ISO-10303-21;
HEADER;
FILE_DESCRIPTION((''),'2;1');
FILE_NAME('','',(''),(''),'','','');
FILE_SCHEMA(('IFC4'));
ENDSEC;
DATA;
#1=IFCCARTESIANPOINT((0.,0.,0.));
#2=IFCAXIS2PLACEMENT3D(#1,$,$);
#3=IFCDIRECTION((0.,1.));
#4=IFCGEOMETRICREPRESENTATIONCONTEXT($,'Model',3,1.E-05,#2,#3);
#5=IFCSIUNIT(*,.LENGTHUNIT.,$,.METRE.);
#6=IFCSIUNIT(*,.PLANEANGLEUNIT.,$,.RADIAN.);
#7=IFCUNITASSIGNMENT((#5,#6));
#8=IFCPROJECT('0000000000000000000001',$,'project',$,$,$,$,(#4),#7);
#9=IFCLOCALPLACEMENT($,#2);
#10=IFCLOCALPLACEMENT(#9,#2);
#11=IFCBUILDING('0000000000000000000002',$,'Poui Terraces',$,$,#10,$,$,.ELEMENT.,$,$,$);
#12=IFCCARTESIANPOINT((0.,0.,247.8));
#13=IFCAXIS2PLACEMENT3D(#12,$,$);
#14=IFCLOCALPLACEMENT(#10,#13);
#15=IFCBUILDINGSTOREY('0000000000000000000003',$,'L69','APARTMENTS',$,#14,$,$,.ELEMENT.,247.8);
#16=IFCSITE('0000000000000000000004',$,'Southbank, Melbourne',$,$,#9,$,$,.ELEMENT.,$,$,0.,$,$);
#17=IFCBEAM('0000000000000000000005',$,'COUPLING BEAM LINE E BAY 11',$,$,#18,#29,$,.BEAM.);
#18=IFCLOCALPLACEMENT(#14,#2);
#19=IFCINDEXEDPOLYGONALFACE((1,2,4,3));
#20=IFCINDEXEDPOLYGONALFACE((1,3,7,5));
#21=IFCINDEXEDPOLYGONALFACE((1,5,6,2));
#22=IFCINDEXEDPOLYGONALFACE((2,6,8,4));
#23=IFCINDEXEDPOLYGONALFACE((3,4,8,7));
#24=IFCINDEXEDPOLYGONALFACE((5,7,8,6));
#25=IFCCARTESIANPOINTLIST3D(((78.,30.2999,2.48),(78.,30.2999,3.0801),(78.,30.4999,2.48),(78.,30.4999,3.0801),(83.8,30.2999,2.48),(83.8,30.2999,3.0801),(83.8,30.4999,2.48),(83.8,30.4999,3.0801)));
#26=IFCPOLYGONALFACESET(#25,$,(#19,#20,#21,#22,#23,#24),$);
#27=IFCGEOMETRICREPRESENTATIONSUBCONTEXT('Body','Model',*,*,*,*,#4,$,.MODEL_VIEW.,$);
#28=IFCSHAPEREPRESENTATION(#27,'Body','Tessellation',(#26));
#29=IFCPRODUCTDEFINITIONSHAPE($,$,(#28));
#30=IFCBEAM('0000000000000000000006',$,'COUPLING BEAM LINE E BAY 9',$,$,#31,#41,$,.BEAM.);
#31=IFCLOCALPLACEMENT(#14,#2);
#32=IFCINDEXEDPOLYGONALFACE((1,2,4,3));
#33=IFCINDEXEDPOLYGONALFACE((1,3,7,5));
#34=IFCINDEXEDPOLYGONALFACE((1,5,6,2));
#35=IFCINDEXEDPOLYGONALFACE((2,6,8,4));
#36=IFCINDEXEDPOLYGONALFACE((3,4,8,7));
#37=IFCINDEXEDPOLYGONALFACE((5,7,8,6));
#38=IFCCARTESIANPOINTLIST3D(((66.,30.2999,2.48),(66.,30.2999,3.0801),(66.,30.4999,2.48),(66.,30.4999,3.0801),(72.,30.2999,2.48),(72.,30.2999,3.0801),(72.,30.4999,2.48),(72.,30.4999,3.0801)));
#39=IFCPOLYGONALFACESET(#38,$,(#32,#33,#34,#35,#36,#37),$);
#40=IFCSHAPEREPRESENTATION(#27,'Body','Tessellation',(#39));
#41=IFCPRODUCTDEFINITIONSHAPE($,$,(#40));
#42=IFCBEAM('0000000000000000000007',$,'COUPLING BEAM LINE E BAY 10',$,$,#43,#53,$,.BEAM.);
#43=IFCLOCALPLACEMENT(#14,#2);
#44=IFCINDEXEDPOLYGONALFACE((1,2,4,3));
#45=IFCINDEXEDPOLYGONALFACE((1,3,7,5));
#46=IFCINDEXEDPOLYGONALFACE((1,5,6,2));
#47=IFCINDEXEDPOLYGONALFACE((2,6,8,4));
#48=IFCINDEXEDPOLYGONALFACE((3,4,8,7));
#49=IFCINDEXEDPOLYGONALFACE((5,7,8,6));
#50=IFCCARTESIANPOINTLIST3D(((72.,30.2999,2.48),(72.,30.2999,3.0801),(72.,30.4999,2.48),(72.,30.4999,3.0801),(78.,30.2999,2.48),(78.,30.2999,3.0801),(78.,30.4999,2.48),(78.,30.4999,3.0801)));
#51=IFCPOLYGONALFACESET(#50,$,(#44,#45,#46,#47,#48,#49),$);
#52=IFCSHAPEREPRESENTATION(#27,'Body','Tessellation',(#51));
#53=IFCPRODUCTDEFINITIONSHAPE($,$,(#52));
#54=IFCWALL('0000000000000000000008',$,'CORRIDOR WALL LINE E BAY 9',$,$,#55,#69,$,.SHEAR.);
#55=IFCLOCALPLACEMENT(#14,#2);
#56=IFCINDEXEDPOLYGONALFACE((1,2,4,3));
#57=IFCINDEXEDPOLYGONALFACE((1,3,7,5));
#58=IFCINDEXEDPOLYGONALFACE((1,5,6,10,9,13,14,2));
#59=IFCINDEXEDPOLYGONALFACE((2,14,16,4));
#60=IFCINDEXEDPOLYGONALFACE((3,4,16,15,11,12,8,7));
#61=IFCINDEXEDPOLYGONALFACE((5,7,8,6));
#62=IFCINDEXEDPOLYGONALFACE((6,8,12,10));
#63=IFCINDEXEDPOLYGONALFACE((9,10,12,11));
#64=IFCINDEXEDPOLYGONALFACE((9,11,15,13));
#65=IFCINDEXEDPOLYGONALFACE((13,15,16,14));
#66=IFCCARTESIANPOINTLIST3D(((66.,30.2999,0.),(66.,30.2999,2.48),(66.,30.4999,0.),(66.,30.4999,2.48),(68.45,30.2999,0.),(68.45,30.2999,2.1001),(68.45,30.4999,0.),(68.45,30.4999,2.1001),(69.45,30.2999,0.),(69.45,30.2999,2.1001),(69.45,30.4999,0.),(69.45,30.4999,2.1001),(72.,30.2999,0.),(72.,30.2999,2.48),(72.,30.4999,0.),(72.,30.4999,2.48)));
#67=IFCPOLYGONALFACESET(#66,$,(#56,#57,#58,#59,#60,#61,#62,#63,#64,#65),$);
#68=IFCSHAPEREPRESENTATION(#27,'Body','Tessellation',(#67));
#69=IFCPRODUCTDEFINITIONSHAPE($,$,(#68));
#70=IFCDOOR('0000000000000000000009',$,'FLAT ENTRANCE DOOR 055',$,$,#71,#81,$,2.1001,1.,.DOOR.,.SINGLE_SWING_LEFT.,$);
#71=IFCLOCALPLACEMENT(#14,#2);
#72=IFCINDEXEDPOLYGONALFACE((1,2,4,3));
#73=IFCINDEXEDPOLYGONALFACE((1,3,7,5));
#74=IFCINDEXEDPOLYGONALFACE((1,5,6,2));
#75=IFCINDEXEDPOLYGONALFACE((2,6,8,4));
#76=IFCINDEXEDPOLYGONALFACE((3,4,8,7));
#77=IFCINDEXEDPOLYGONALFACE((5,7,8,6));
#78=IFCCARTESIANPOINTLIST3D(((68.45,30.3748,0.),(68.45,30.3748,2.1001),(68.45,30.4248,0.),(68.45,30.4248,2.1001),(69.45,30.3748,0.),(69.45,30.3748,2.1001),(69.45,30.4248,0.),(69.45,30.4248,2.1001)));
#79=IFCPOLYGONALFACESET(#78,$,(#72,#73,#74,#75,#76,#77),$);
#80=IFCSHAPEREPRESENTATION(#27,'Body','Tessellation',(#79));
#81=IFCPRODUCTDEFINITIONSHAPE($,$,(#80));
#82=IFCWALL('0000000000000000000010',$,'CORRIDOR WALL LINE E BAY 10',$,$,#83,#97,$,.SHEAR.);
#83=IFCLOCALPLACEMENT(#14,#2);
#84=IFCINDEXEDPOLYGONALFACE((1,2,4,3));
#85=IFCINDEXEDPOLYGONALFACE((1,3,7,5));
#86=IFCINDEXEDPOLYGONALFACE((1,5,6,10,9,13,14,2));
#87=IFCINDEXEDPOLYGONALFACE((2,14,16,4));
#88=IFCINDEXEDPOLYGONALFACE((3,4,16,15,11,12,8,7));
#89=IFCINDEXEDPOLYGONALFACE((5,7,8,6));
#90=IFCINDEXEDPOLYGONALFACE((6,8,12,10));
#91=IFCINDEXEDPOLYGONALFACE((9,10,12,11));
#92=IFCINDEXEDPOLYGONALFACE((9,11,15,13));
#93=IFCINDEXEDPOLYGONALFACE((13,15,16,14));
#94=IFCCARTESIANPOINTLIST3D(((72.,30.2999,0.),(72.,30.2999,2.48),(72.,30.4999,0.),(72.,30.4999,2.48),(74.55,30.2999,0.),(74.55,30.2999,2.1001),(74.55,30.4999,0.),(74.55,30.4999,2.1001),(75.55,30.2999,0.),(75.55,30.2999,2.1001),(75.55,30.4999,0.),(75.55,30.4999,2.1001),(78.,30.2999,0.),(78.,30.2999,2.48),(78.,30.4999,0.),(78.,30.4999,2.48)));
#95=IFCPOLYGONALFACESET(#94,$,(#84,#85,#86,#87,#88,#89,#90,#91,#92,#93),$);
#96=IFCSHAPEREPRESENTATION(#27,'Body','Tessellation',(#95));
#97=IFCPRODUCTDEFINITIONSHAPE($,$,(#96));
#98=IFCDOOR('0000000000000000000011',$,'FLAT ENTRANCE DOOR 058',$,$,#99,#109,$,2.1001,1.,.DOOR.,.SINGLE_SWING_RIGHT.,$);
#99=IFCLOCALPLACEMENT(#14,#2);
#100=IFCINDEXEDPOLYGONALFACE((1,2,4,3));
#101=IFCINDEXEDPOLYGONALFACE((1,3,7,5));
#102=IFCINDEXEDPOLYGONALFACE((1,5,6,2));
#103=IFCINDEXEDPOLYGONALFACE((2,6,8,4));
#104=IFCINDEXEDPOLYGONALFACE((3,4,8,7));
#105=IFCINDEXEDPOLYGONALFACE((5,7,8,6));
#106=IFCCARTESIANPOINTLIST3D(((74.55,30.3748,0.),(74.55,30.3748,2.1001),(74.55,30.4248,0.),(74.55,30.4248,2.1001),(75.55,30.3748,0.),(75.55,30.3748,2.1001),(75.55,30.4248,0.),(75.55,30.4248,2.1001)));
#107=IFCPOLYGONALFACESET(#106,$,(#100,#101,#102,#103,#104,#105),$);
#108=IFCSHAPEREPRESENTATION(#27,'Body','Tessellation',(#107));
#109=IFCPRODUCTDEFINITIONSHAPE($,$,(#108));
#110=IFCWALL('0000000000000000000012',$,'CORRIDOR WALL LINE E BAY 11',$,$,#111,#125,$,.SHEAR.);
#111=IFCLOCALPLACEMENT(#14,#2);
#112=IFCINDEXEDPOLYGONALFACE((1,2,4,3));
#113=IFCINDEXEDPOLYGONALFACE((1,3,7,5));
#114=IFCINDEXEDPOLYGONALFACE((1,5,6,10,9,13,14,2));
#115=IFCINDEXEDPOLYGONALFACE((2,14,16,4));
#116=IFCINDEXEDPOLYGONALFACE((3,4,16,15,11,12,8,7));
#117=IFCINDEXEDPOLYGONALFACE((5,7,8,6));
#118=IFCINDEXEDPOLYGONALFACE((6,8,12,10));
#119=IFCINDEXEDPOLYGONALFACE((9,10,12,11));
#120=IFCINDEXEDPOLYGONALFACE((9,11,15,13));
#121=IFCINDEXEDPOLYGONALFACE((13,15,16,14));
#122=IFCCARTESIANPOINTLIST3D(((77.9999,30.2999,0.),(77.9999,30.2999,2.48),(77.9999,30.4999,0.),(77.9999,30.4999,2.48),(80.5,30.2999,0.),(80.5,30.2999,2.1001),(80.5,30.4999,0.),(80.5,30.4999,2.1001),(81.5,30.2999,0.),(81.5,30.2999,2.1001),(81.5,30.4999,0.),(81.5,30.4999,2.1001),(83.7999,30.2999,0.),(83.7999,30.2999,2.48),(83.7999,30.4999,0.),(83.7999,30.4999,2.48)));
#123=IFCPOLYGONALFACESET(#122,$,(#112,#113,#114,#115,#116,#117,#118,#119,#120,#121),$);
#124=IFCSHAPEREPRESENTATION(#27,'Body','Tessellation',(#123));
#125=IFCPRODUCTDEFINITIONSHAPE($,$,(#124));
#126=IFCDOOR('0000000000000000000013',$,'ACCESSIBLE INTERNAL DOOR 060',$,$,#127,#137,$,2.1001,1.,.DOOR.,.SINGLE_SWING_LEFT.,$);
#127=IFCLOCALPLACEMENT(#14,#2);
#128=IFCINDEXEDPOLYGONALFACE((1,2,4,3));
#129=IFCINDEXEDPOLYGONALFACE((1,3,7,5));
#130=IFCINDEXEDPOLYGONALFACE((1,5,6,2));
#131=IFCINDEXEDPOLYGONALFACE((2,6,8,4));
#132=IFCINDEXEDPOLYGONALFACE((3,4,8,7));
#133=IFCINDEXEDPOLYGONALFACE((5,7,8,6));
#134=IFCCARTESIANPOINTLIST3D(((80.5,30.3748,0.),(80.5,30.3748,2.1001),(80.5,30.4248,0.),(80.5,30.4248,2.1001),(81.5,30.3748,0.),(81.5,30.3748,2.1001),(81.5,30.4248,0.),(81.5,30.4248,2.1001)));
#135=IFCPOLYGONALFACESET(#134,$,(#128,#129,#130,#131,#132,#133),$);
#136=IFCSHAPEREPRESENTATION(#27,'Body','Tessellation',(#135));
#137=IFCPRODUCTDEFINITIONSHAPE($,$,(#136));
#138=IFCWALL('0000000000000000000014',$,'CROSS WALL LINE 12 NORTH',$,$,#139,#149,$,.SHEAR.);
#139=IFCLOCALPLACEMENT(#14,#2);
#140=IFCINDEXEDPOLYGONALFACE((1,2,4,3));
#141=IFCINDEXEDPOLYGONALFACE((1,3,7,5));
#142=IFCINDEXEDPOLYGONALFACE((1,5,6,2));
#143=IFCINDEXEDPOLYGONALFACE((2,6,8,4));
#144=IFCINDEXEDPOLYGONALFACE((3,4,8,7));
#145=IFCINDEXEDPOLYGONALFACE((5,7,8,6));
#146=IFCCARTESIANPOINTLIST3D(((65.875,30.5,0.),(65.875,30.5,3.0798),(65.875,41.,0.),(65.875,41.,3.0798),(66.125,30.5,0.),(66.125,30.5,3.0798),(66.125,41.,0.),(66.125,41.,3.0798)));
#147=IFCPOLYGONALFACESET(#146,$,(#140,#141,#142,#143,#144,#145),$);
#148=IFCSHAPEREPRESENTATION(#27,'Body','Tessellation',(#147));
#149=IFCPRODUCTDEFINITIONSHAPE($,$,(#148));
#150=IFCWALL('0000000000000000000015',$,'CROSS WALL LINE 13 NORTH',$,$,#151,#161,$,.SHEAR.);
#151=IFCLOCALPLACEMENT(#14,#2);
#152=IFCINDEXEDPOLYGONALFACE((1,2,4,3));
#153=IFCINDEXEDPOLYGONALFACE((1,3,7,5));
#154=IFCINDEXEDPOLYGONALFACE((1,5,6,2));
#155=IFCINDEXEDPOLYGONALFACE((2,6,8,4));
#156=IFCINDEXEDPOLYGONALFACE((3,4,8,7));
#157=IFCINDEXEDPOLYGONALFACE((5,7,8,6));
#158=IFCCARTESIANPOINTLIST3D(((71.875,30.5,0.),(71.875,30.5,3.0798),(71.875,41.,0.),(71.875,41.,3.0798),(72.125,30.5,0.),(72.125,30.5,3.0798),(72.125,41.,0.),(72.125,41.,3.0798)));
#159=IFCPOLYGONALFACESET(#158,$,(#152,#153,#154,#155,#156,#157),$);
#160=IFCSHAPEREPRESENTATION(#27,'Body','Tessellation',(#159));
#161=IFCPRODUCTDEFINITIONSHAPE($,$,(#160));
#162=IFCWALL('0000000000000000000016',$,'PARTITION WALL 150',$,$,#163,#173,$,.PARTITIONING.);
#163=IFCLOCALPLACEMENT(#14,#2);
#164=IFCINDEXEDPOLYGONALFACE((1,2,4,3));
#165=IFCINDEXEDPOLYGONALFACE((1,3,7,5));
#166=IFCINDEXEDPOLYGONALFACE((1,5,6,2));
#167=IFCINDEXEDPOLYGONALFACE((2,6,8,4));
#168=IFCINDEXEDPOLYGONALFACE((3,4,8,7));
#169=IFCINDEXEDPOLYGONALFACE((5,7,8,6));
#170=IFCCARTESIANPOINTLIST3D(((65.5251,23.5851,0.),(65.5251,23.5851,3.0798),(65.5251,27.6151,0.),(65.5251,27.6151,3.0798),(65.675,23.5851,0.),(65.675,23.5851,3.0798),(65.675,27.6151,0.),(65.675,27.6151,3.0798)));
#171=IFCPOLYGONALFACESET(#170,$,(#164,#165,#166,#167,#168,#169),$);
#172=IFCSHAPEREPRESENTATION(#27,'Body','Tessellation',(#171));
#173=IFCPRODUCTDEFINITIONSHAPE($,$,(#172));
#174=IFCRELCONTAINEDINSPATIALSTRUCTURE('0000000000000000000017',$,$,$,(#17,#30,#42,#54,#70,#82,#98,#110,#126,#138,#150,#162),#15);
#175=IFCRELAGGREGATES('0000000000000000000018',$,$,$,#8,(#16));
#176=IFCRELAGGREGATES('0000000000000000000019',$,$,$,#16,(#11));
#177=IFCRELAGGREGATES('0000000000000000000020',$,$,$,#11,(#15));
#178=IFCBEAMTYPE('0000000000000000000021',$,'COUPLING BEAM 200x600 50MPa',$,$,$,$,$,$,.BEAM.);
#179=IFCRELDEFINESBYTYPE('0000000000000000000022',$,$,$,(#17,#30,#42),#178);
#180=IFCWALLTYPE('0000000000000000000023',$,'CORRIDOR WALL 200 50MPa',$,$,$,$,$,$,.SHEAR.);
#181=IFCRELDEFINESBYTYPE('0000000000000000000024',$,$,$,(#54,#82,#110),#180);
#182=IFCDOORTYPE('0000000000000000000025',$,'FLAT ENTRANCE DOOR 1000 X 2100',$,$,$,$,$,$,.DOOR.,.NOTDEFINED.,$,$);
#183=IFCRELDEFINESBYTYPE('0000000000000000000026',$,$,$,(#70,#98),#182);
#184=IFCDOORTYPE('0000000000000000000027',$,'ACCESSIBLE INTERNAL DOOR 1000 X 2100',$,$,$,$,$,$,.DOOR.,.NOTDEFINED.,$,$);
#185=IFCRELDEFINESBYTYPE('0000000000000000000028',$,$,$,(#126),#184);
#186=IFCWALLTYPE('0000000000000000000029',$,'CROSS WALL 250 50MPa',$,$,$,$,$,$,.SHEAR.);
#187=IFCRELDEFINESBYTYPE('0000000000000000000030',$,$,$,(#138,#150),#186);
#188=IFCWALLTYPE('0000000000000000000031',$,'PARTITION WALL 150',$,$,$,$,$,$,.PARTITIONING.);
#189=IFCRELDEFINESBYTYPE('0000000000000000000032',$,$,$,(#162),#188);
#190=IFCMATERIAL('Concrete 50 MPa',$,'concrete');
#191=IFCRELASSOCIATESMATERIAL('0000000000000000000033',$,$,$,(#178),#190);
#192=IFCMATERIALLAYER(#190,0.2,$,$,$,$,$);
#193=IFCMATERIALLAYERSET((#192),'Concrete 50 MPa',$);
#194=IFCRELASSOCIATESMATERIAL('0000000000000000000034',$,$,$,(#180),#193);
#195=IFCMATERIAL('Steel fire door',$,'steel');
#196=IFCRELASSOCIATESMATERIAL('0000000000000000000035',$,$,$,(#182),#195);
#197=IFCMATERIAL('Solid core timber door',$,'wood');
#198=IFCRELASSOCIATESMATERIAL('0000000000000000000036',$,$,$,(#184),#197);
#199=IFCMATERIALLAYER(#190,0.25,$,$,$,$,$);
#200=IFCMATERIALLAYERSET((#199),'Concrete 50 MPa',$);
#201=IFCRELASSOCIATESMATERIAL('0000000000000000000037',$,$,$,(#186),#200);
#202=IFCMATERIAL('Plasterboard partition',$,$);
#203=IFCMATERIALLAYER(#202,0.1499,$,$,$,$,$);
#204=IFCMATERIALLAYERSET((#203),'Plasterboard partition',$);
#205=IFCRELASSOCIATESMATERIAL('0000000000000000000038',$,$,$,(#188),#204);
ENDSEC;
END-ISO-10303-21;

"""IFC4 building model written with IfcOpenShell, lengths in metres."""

from ifc_helpers import new_model, si_unit, direction, frame, frame_2d, origin, origin_2d, place, context, subcontext, project, spatial, rectangle, extrude, source, transform, mapped, material, layer, layer_set, material_profile, profile_set, type_object, element, fill, save


model = new_model("IFC4")

# Units and contexts
model_context = context("Model", 3, precision=1e-05, world=origin(), true_north=direction((0.0, 1.0)))
body_context = subcontext(model_context, "Body", "Model", "MODEL_VIEW")
ifc_project = project(units=[si_unit("LENGTHUNIT", "METRE"), si_unit("PLANEANGLEUNIT", "RADIAN")], contexts=[model_context])

# Site, building, storey
site_placement = place(None, origin())
site = spatial("IfcSite", under=ifc_project, at=site_placement, Name="Southbank, Melbourne", CompositionType="ELEMENT", RefElevation=0.0)
building_placement = place(site_placement, origin())
building = spatial("IfcBuilding", under=site, at=building_placement, Name="Poui Terraces", CompositionType="ELEMENT")
storey_placement = place(building_placement, frame((0.0, 0.0, 247.8)))
storey = spatial("IfcBuildingStorey", under=building, at=storey_placement, Name="L69", Description="APARTMENTS", CompositionType="ELEMENT", Elevation=247.8)

# Beams
ifc_material_1 = material(Name="Concrete 50 MPa", Category="concrete")
ifc_material_profile = material_profile(ifc_material_1, rectangle(XDim=0.2, YDim=0.6001, at=origin_2d()), Name="RC 200x600")
ifc_profile_set = profile_set([ifc_material_profile], Name="Concrete 50 MPa")
beam_type = type_object("IfcBeamType", Name="COUPLING BEAM 200x600 50MPa", PredefinedType="BEAM", material=ifc_profile_set)
shared_shape_1 = source(origin(), body_context, "Body", "SweptSolid", [
    extrude(rectangle(XDim=0.2, YDim=0.6001, at=origin_2d()), origin(), (0.0, 0.0, 1.0), 5.8),
])
beam_placement = place(storey_placement, frame((78.0, 30.3999, 2.78), z_axis=(1.0, 0.0, 0.0), x_axis=(0.0, 1.0, 0.0)))
element("IfcBeam", 1, at=beam_placement, inside=storey, type_object=beam_type, Name="COUPLING BEAM LINE E BAY 11", PredefinedType="BEAM", context=body_context, shape_type="MappedRepresentation", body=[
    mapped(shared_shape_1, transform((0.0, 0.0, 0.0))),
])
shared_shape_2 = source(origin(), body_context, "Body", "SweptSolid", [
    extrude(rectangle(XDim=0.2, YDim=0.6001, at=origin_2d()), origin(), (0.0, 0.0, 1.0), 6.0),
])
for number, where, z_axis, x_axis, name in (
    (2, (66.0, 30.3999, 2.78), (1.0, 0.0, 0.0), (0.0, 1.0, 0.0), "COUPLING BEAM LINE E BAY 9"),
    (3, (72.0, 30.3999, 2.78), (1.0, 0.0, 0.0), (0.0, 1.0, 0.0), "COUPLING BEAM LINE E BAY 10"),
):
    element("IfcBeam", number, at=place(storey_placement, frame(where, z_axis=z_axis, x_axis=x_axis)), inside=storey, type_object=beam_type, Name=name, PredefinedType="BEAM", context=body_context, shape_type="MappedRepresentation", body=[
        mapped(shared_shape_2, transform((0.0, 0.0, 0.0))),
    ])

# Walls, openings, doors
ifc_layer_1 = layer(ifc_material_1, 0.2)
ifc_layer_set_1 = layer_set([ifc_layer_1], Name="Concrete 50 MPa")
wall_type_1 = type_object("IfcWallType", Name="CORRIDOR WALL 200 50MPa", PredefinedType="SHEAR", material=ifc_layer_set_1)
wall_1_placement = place(storey_placement, frame((66.0, 30.3999, 0.0), z_axis=(0.0, 0.0, 1.0), x_axis=(1.0, 0.0, 0.0)))
wall_1 = element("IfcWall", 4, at=wall_1_placement, inside=storey, type_object=wall_type_1, Name="CORRIDOR WALL LINE E BAY 9", PredefinedType="SHEAR", context=body_context, shape_type="SweptSolid", body=[
    extrude(rectangle(XDim=6.0, YDim=0.2, at=frame_2d((3.0, 0.0))), origin(), (0.0, 0.0, 1.0), 2.48),
])
opening_1_placement = place(wall_1_placement, frame((2.45, 0.0, 0.0)))
opening_1 = element("IfcOpeningElement", 5, at=opening_1_placement, cuts=wall_1, PredefinedType="OPENING", context=body_context, shape_type="SweptSolid", body=[
    extrude(rectangle(XDim=1.0, YDim=2.1001, at=frame_2d((0.5, 1.05))), frame((0.0, 0.1099, 0.0), z_axis=(0.0, -1.0, 0.0), x_axis=(1.0, 0.0, 0.0)), (0.0, 0.0, 1.0), 0.22),
])
ifc_material_2 = material(Name="Steel fire door", Category="steel")
door_type_1 = type_object("IfcDoorType", Name="FLAT ENTRANCE DOOR 1000 X 2100", OperationType="NOTDEFINED", PredefinedType="DOOR", material=ifc_material_2)
door_1_placement = place(opening_1_placement, origin())
door_1 = element("IfcDoor", 6, at=door_1_placement, inside=storey, type_object=door_type_1, Name="FLAT ENTRANCE DOOR 055", OperationType="SINGLE_SWING_LEFT", OverallHeight=2.1001, OverallWidth=1.0, PredefinedType="DOOR", context=body_context, shape_type="SweptSolid", body=[
    extrude(rectangle(XDim=1.0, YDim=2.1001, at=frame_2d((0.5, 1.05))), frame((0.0, 0.0249, 0.0), z_axis=(0.0, -1.0, 0.0), x_axis=(1.0, 0.0, 0.0)), (0.0, 0.0, 1.0), 0.05),
])
fill(opening_1, door_1)
wall_2_placement = place(storey_placement, frame((72.0, 30.3999, 0.0), z_axis=(0.0, 0.0, 1.0), x_axis=(1.0, 0.0, 0.0)))
wall_2 = element("IfcWall", 7, at=wall_2_placement, inside=storey, type_object=wall_type_1, Name="CORRIDOR WALL LINE E BAY 10", PredefinedType="SHEAR", context=body_context, shape_type="SweptSolid", body=[
    extrude(rectangle(XDim=6.0, YDim=0.2, at=frame_2d((3.0, 0.0))), origin(), (0.0, 0.0, 1.0), 2.48),
])
opening_2_placement = place(wall_2_placement, frame((2.55, 0.0, 0.0)))
opening_2 = element("IfcOpeningElement", 8, at=opening_2_placement, cuts=wall_2, PredefinedType="OPENING", context=body_context, shape_type="SweptSolid", body=[
    extrude(rectangle(XDim=1.0, YDim=2.1001, at=frame_2d((0.5, 1.05))), frame((0.0, 0.1099, 0.0), z_axis=(0.0, -1.0, 0.0), x_axis=(1.0, 0.0, 0.0)), (0.0, 0.0, 1.0), 0.22),
])
door_2_placement = place(opening_2_placement, origin())
door_2 = element("IfcDoor", 9, at=door_2_placement, inside=storey, type_object=door_type_1, Name="FLAT ENTRANCE DOOR 058", OperationType="SINGLE_SWING_RIGHT", OverallHeight=2.1001, OverallWidth=1.0, PredefinedType="DOOR", context=body_context, shape_type="SweptSolid", body=[
    extrude(rectangle(XDim=1.0, YDim=2.1001, at=frame_2d((0.5, 1.05))), frame((0.0, 0.0249, 0.0), z_axis=(0.0, -1.0, 0.0), x_axis=(1.0, 0.0, 0.0)), (0.0, 0.0, 1.0), 0.05),
])
fill(opening_2, door_2)
wall_3_placement = place(storey_placement, frame((78.0, 30.3999, 0.0), z_axis=(0.0, 0.0, 1.0), x_axis=(1.0, 0.0, 0.0)))
wall_3 = element("IfcWall", 10, at=wall_3_placement, inside=storey, type_object=wall_type_1, Name="CORRIDOR WALL LINE E BAY 11", PredefinedType="SHEAR", context=body_context, shape_type="SweptSolid", body=[
    extrude(rectangle(XDim=5.8, YDim=0.2, at=frame_2d((2.8999, 0.0))), origin(), (0.0, 0.0, 1.0), 2.48),
])
opening_3_placement = place(wall_3_placement, frame((2.5, 0.0, 0.0)))
opening_3 = element("IfcOpeningElement", 11, at=opening_3_placement, cuts=wall_3, PredefinedType="OPENING", context=body_context, shape_type="SweptSolid", body=[
    extrude(rectangle(XDim=1.0, YDim=2.1001, at=frame_2d((0.5, 1.05))), frame((0.0, 0.1099, 0.0), z_axis=(0.0, -1.0, 0.0), x_axis=(1.0, 0.0, 0.0)), (0.0, 0.0, 1.0), 0.22),
])
ifc_material_3 = material(Name="Solid core timber door", Category="wood")
door_type_2 = type_object("IfcDoorType", Name="ACCESSIBLE INTERNAL DOOR 1000 X 2100", OperationType="NOTDEFINED", PredefinedType="DOOR", material=ifc_material_3)
door_3_placement = place(opening_3_placement, origin())
door_3 = element("IfcDoor", 12, at=door_3_placement, inside=storey, type_object=door_type_2, Name="ACCESSIBLE INTERNAL DOOR 060", OperationType="SINGLE_SWING_LEFT", OverallHeight=2.1001, OverallWidth=1.0, PredefinedType="DOOR", context=body_context, shape_type="SweptSolid", body=[
    extrude(rectangle(XDim=1.0, YDim=2.1001, at=frame_2d((0.5, 1.05))), frame((0.0, 0.0249, 0.0), z_axis=(0.0, -1.0, 0.0), x_axis=(1.0, 0.0, 0.0)), (0.0, 0.0, 1.0), 0.05),
])
fill(opening_3, door_3)

# Walls
ifc_layer_2 = layer(ifc_material_1, 0.25)
ifc_layer_set_2 = layer_set([ifc_layer_2], Name="Concrete 50 MPa")
wall_type_2 = type_object("IfcWallType", Name="CROSS WALL 250 50MPa", PredefinedType="SHEAR", material=ifc_layer_set_2)
for number, where, z_axis, x_axis, name in (
    (13, (66.0, 30.5, 0.0), (0.0, 0.0, 1.0), (0.0, 1.0, 0.0), "CROSS WALL LINE 12 NORTH"),
    (14, (72.0, 30.5, 0.0), (0.0, 0.0, 1.0), (0.0, 1.0, 0.0), "CROSS WALL LINE 13 NORTH"),
):
    element("IfcWall", number, at=place(storey_placement, frame(where, z_axis=z_axis, x_axis=x_axis)), inside=storey, type_object=wall_type_2, Name=name, PredefinedType="SHEAR", context=body_context, shape_type="SweptSolid", body=[
        extrude(rectangle(XDim=10.5, YDim=0.25, at=frame_2d((5.25, 0.0))), origin(), (0.0, 0.0, 1.0), 3.0798),
    ])
ifc_material_4 = material(Name="Plasterboard partition")
ifc_layer_3 = layer(ifc_material_4, 0.1499)
ifc_layer_set_3 = layer_set([ifc_layer_3], Name="Plasterboard partition")
wall_type_3 = type_object("IfcWallType", Name="PARTITION WALL 150", PredefinedType="PARTITIONING", material=ifc_layer_set_3)
wall_4_placement = place(storey_placement, frame((65.6001, 23.585, 0.0), z_axis=(0.0, 0.0, 1.0), x_axis=(0.0, 1.0, 0.0)))
element("IfcWall", 15, at=wall_4_placement, inside=storey, type_object=wall_type_3, Name="PARTITION WALL 150", PredefinedType="PARTITIONING", context=body_context, shape_type="SweptSolid", body=[
    extrude(rectangle(XDim=4.03, YDim=0.1499, at=frame_2d((2.0151, 0.0))), origin(), (0.0, 0.0, 1.0), 3.0798),
])

save(model, "model.ifc")
